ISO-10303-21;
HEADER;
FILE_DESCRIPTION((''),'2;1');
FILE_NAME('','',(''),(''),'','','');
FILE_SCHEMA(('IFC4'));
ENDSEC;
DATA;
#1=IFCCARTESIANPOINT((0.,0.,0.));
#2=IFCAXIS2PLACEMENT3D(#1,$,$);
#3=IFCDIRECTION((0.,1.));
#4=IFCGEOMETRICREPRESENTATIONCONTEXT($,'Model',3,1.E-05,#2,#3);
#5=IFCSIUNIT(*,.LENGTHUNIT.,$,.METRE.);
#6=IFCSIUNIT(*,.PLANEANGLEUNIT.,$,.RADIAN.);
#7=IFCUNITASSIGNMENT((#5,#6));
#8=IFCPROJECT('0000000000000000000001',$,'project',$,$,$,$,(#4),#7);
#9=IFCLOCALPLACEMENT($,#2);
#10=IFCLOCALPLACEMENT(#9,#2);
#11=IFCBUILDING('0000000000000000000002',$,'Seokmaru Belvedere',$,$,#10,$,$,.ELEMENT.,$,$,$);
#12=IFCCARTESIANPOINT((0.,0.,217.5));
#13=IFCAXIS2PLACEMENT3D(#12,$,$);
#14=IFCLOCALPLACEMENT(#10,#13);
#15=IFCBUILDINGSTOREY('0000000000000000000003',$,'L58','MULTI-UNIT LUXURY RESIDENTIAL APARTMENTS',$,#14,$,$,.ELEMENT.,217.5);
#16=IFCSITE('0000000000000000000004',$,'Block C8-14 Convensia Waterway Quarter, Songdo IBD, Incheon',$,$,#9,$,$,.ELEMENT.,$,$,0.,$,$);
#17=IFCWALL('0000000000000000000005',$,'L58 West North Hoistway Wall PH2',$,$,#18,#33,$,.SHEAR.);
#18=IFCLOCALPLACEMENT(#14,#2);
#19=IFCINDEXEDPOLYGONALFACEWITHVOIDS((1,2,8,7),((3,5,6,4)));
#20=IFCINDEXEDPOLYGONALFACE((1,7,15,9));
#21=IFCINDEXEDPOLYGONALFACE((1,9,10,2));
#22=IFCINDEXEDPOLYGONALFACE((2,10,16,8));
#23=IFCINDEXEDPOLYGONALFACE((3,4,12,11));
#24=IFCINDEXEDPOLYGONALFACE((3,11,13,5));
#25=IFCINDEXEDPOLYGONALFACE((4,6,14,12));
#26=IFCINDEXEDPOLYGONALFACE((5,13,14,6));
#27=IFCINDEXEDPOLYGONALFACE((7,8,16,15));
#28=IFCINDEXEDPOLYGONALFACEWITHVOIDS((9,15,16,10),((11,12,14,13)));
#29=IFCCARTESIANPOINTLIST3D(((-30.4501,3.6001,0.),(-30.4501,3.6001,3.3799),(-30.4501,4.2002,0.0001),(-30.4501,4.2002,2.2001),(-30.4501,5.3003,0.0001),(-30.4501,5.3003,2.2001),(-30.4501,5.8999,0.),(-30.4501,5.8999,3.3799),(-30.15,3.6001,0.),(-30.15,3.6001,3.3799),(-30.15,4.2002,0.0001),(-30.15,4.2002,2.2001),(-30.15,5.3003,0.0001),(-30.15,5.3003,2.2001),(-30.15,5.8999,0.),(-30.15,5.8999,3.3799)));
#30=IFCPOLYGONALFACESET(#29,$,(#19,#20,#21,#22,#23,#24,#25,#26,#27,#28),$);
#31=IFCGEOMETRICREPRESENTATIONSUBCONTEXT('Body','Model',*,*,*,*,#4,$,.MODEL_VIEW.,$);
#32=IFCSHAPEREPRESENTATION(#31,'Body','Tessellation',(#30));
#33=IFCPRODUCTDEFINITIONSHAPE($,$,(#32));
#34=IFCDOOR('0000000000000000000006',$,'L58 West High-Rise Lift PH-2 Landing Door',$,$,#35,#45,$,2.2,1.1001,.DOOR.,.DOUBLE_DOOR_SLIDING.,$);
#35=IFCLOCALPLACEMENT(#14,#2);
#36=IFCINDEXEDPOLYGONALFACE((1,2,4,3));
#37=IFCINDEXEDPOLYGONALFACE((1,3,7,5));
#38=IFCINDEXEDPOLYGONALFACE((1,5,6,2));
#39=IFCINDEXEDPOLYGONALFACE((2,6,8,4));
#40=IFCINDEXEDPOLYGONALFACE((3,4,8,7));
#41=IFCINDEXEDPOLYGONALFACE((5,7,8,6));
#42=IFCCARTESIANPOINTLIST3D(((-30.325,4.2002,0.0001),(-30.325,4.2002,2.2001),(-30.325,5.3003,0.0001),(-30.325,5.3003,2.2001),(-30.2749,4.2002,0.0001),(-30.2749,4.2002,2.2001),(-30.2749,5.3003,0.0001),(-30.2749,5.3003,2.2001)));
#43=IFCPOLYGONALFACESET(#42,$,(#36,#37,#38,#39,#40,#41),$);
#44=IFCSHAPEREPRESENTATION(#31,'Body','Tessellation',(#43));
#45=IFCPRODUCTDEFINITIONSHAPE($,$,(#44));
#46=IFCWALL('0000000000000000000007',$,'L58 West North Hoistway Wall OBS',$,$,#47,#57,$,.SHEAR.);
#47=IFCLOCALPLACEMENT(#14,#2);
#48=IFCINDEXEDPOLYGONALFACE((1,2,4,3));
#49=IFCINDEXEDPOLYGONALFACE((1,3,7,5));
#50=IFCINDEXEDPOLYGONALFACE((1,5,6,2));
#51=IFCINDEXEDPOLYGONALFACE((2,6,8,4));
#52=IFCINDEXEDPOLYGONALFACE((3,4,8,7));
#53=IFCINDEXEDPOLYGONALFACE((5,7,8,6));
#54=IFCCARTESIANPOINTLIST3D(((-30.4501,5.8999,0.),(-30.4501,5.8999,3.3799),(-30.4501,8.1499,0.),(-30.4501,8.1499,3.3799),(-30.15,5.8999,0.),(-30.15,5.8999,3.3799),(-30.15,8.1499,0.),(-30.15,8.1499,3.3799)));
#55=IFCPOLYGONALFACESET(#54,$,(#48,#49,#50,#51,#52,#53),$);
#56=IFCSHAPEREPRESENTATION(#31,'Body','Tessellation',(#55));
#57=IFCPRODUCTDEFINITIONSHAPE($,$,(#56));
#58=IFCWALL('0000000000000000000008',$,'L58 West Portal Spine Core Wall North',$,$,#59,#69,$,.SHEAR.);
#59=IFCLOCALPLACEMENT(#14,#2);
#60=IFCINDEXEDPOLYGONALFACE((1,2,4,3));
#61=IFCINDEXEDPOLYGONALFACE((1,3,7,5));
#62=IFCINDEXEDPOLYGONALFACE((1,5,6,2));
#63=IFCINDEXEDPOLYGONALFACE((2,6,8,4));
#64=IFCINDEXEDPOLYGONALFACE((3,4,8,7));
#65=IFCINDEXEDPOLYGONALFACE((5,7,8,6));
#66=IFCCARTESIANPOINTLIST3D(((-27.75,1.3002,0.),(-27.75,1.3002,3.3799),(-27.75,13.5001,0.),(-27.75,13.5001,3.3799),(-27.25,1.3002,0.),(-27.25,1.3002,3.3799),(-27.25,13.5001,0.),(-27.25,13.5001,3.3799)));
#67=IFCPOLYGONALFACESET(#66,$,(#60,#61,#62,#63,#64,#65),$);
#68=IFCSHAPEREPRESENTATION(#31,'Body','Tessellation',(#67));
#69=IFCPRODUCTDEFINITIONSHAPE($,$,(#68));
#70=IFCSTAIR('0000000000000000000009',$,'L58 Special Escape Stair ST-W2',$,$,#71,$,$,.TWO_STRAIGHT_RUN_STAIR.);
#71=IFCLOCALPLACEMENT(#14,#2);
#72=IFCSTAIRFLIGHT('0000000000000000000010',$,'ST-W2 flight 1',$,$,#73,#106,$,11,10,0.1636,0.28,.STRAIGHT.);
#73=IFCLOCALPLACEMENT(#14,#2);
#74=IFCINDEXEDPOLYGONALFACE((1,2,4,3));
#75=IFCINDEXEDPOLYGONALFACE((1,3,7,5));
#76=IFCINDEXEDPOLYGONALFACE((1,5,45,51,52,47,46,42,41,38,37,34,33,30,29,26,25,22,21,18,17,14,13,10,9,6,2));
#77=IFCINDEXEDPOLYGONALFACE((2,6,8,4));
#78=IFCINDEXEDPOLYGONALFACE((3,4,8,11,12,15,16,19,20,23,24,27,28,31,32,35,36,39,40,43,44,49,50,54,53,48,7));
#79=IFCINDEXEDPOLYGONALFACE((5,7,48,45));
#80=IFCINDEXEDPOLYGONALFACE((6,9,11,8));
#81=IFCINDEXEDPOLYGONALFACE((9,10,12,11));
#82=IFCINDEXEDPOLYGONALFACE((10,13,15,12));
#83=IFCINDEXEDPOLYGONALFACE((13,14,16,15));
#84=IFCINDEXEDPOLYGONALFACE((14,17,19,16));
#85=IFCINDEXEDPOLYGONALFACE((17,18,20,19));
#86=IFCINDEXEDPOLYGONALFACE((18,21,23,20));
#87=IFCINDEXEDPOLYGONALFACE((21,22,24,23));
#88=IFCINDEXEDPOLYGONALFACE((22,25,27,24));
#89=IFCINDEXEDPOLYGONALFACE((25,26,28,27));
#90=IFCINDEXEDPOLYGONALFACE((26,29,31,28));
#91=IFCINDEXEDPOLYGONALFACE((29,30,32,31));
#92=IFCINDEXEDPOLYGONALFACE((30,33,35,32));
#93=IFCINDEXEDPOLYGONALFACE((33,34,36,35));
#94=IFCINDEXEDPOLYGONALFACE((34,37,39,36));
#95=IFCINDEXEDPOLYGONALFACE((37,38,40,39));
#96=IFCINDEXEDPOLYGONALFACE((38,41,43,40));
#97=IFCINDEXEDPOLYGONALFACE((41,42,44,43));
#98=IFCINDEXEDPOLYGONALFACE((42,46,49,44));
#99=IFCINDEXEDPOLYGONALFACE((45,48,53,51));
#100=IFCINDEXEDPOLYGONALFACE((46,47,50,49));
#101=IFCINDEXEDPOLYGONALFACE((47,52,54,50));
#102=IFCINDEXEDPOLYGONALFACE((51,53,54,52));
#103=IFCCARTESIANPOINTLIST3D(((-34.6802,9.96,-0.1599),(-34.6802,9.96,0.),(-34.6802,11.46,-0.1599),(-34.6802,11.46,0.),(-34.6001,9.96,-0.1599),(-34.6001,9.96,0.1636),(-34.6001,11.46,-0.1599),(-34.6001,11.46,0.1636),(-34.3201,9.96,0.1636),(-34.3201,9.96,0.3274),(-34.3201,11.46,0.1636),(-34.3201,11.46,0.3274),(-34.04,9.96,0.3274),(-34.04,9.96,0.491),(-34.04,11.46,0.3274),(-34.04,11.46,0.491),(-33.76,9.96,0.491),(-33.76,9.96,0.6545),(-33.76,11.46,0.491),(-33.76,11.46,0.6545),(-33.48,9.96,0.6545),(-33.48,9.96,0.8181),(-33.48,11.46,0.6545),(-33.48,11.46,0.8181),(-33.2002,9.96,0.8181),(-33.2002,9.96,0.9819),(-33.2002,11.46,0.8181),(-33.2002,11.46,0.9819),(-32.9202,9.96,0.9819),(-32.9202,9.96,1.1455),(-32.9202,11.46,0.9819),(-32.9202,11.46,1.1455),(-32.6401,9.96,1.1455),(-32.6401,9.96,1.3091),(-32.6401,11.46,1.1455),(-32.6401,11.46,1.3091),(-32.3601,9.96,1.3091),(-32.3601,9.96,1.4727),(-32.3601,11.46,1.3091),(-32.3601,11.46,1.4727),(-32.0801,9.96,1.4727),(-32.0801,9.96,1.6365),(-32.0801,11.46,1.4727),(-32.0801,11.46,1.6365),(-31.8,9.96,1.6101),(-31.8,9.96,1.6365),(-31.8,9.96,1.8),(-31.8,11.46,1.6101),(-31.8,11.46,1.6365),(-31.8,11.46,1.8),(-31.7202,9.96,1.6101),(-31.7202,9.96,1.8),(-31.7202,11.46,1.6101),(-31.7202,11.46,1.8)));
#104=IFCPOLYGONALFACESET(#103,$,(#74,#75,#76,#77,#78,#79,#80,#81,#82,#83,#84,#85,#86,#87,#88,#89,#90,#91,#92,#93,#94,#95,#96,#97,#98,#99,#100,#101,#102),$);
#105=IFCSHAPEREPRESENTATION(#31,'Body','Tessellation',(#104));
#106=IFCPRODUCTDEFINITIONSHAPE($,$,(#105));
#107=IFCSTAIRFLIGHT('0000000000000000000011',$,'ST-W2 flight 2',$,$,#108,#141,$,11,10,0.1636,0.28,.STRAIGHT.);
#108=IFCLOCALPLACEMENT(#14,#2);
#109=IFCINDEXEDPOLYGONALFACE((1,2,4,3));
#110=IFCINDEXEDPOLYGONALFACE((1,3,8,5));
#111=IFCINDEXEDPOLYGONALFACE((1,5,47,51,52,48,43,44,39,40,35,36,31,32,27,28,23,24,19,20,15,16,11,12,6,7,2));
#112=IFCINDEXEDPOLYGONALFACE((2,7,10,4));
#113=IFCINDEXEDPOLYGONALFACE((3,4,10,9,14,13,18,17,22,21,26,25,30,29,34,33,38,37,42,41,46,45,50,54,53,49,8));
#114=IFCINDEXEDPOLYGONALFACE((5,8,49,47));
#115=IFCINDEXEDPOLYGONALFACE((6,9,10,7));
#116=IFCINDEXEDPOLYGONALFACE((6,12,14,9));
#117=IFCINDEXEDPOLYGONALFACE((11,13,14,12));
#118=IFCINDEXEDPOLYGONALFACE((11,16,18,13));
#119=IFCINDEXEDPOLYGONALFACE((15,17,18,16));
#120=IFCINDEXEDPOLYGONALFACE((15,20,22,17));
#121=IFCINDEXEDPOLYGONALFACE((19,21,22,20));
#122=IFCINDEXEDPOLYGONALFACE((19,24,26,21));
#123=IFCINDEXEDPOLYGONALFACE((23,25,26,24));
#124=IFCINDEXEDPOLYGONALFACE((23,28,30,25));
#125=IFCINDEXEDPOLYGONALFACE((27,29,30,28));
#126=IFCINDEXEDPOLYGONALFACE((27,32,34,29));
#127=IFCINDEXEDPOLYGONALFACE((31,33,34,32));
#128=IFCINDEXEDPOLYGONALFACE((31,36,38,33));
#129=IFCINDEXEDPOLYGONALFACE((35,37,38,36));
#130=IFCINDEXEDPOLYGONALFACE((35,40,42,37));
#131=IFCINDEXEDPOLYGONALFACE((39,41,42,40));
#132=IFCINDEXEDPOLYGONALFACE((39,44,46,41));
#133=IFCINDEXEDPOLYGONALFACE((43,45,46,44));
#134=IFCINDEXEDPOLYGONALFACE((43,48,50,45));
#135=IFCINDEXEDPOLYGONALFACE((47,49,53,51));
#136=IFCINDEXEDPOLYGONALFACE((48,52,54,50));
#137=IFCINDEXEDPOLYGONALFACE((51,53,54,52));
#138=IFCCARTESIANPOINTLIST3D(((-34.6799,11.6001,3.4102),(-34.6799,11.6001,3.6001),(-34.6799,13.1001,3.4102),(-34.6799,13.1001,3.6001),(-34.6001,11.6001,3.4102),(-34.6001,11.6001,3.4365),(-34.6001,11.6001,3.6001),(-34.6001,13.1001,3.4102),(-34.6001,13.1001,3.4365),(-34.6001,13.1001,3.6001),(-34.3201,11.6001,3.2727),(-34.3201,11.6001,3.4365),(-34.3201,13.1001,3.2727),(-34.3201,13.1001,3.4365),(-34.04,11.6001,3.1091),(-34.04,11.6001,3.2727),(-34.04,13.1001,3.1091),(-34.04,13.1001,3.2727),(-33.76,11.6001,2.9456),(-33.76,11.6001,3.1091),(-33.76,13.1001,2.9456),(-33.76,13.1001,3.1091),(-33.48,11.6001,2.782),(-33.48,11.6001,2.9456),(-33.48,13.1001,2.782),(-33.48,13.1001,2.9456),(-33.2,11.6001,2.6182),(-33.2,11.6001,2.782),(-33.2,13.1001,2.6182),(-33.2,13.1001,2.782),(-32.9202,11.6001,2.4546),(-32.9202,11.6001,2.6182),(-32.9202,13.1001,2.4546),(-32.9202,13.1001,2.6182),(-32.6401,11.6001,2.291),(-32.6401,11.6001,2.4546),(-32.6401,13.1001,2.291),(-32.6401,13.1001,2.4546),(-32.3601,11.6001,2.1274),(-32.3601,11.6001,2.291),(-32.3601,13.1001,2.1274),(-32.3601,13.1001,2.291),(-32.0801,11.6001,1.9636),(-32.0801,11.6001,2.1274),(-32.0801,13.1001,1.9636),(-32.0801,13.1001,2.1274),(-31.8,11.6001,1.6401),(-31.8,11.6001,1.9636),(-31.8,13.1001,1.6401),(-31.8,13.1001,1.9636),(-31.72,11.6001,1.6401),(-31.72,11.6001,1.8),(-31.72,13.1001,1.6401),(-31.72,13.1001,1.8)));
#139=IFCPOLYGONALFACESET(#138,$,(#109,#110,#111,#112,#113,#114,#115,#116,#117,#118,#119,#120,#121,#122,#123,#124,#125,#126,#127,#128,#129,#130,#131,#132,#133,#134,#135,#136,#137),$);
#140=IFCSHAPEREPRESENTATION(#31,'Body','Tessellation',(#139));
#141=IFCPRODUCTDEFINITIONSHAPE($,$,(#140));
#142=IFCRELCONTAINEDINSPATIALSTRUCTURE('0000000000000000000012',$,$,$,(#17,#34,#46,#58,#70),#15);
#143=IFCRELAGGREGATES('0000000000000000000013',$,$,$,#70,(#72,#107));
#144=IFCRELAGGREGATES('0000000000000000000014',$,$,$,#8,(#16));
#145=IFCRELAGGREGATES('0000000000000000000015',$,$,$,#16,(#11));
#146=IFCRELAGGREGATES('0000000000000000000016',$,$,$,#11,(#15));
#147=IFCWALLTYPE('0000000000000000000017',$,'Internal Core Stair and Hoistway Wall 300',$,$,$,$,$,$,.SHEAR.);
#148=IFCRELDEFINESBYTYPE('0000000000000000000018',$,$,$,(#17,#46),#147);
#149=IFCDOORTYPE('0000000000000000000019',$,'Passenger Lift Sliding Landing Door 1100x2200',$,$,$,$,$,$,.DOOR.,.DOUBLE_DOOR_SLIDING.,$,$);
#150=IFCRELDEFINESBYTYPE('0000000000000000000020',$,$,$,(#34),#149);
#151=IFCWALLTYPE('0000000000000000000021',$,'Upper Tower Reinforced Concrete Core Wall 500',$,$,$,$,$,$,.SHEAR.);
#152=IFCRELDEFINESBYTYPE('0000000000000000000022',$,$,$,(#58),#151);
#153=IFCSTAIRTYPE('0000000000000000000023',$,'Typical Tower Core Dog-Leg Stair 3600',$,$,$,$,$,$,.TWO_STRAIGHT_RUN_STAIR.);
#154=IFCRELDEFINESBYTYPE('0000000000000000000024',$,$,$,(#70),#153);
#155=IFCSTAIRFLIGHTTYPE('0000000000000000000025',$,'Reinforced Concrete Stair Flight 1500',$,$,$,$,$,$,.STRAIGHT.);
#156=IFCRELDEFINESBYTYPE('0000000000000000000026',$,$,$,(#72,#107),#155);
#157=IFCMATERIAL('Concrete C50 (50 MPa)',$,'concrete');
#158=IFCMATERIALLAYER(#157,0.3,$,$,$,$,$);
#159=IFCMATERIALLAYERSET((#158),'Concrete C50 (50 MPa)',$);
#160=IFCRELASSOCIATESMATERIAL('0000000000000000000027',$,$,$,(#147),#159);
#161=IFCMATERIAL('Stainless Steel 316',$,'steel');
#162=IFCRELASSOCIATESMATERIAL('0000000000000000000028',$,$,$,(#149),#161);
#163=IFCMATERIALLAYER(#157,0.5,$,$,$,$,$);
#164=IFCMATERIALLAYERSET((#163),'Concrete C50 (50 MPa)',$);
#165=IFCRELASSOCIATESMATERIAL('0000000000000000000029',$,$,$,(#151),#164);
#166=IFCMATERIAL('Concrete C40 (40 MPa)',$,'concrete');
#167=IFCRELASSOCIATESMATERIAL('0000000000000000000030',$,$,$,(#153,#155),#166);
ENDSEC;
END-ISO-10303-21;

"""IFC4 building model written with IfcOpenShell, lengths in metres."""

from ifc_helpers import new_model, si_unit, direction, frame, frame_2d, origin, place, context, subcontext, project, spatial, polyline, rectangle, outline, extrude, source, transform, mapped, material, layer, layer_set, type_object, type_shapes, element, fill, aggregate, save


model = new_model("IFC4")

# Units and contexts
model_context = context("Model", 3, precision=1e-05, world=origin(), true_north=direction((0.0, 1.0)))
body_context = subcontext(model_context, "Body", "Model", "MODEL_VIEW")
ifc_project = project(units=[si_unit("LENGTHUNIT", "METRE"), si_unit("PLANEANGLEUNIT", "RADIAN")], contexts=[model_context])

# Site, building, storey
site_placement = place(None, origin())
site = spatial("IfcSite", under=ifc_project, at=site_placement, Name="Block C8-14 Convensia Waterway Quarter, Songdo IBD, Incheon", CompositionType="ELEMENT", RefElevation=0.0)
building_placement = place(site_placement, origin())
building = spatial("IfcBuilding", under=site, at=building_placement, Name="Seokmaru Belvedere", CompositionType="ELEMENT")
storey_placement = place(building_placement, frame((0.0, 0.0, 217.5)))
storey = spatial("IfcBuildingStorey", under=building, at=storey_placement, Name="L58", Description="MULTI-UNIT LUXURY RESIDENTIAL APARTMENTS", CompositionType="ELEMENT", Elevation=217.5)

# Shared definitions
ifc_material_1 = material(Name="Concrete C50 (50 MPa)", Category="concrete")

# Wall, opening, door
ifc_layer_1 = layer(ifc_material_1, 0.3)
ifc_layer_set_1 = layer_set([ifc_layer_1], Name="Concrete C50 (50 MPa)")
wall_type_1 = type_object("IfcWallType", Name="Internal Core Stair and Hoistway Wall 300", PredefinedType="SHEAR", material=ifc_layer_set_1)
ifc_material_2 = material(Name="Stainless Steel 316", Category="steel")
door_type_1 = type_object("IfcDoorType", Name="Passenger Lift Sliding Landing Door 1100x2200", OperationType="DOUBLE_DOOR_SLIDING", PredefinedType="DOOR", material=ifc_material_2)
shared_shape_1 = source(origin(), body_context, "Body", "SweptSolid", [
    extrude(rectangle(XDim=1.1001, YDim=2.2, at=frame_2d((0.55, 1.1001))), frame((0.0, 0.0249, 0.0), z_axis=(0.0, -1.0, 0.0), x_axis=(1.0, 0.0, 0.0)), (0.0, 0.0, 1.0), 0.05),
])
type_shapes(door_type_1, [shared_shape_1])
wall_1_placement = place(storey_placement, frame((-30.3, 3.6001, 0.0), z_axis=(0.0, 0.0, 1.0), x_axis=(0.0, 1.0, 0.0)))
wall_1 = element("IfcWall", 1, at=wall_1_placement, inside=storey, type_object=wall_type_1, Name="L58 West North Hoistway Wall PH2", PredefinedType="SHEAR", context=body_context, shape_type="SweptSolid", body=[
    extrude(rectangle(XDim=2.2998, YDim=0.3, at=frame_2d((1.1499, 0.0))), origin(), (0.0, 0.0, 1.0), 3.3799),
])
opening_1_placement = place(wall_1_placement, frame((0.6001, 0.0, 0.0)))
opening_1 = element("IfcOpeningElement", 2, at=opening_1_placement, cuts=wall_1, PredefinedType="OPENING", context=body_context, shape_type="SweptSolid", body=[
    extrude(rectangle(XDim=1.1001, YDim=2.2, at=frame_2d((0.55, 1.1001))), frame((0.0, 0.1602, 0.0), z_axis=(0.0, -1.0, 0.0), x_axis=(1.0, 0.0, 0.0)), (0.0, 0.0, 1.0), 0.3201),
])
door_1_placement = place(opening_1_placement, origin())
door_1 = element("IfcDoor", 3, at=door_1_placement, inside=storey, type_object=door_type_1, Name="L58 West High-Rise Lift PH-2 Landing Door", OperationType="DOUBLE_DOOR_SLIDING", OverallHeight=2.2, OverallWidth=1.1001, PredefinedType="DOOR", context=body_context, shape_type="MappedRepresentation", body=[
    mapped(shared_shape_1, transform((0.0, 0.0, 0.0), scale=1.0)),
])
fill(opening_1, door_1)

# Wall
wall_2_placement = place(storey_placement, frame((-30.3, 5.8999, 0.0), z_axis=(0.0, 0.0, 1.0), x_axis=(0.0, 1.0, 0.0)))
element("IfcWall", 4, at=wall_2_placement, inside=storey, type_object=wall_type_1, Name="L58 West North Hoistway Wall OBS", PredefinedType="SHEAR", context=body_context, shape_type="SweptSolid", body=[
    extrude(rectangle(XDim=2.25, YDim=0.3, at=frame_2d((1.125, 0.0))), origin(), (0.0, 0.0, 1.0), 3.3799),
])

# Wall
ifc_layer_2 = layer(ifc_material_1, 0.5)
ifc_layer_set_2 = layer_set([ifc_layer_2], Name="Concrete C50 (50 MPa)")
wall_type_2 = type_object("IfcWallType", Name="Upper Tower Reinforced Concrete Core Wall 500", PredefinedType="SHEAR", material=ifc_layer_set_2)
wall_3_placement = place(storey_placement, frame((-27.5, 1.3, 0.0), z_axis=(0.0, 0.0, 1.0), x_axis=(0.0, 1.0, 0.0)))
element("IfcWall", 5, at=wall_3_placement, inside=storey, type_object=wall_type_2, Name="L58 West Portal Spine Core Wall North", PredefinedType="SHEAR", context=body_context, shape_type="SweptSolid", body=[
    extrude(rectangle(XDim=12.2, YDim=0.5, at=frame_2d((6.1001, 0.0))), origin(), (0.0, 0.0, 1.0), 3.3799),
])

# Stair, stair flights
ifc_material_3 = material(Name="Concrete C40 (40 MPa)", Category="concrete")
stair_type = type_object("IfcStairType", Name="Typical Tower Core Dog-Leg Stair 3600", PredefinedType="TWO_STRAIGHT_RUN_STAIR", material=ifc_material_3)
stair_placement = place(storey_placement, origin())
stair = element("IfcStair", 6, at=stair_placement, inside=storey, type_object=stair_type, Name="L58 Special Escape Stair ST-W2", PredefinedType="TWO_STRAIGHT_RUN_STAIR")
stair_flight_type = type_object("IfcStairFlightType", Name="Reinforced Concrete Stair Flight 1500", PredefinedType="STRAIGHT", material=ifc_material_3)
stair_flight_1_placement = place(storey_placement, frame((-34.6001, 10.71, 0.0), z_axis=(0.0, 0.0, 1.0), x_axis=(1.0, 0.0, 0.0)))
stair_flight_1 = element("IfcStairFlight", 7, at=stair_flight_1_placement, type_object=stair_flight_type, Name="ST-W2 flight 1", NumberOfRisers=11, NumberOfTreads=10, PredefinedType="STRAIGHT", RiserHeight=0.1636, TreadLength=0.28, context=body_context, shape_type="SweptSolid", body=[
    extrude(outline(polyline([(-0.0801, 0.0), (0.0, 0.1636), (0.28, 0.1636), (0.28, 0.3274), (0.5601, 0.3274), (0.5601, 0.491), (0.8401, 0.491), (0.8401, 0.6545), (1.1201, 0.6545), (1.1201, 0.8181), (1.3999, 0.8181), (1.3999, 0.9819), (1.6799, 0.9819), (1.6799, 1.1455), (1.96, 1.1455), (1.96, 1.3091), (2.24, 1.3091), (2.24, 1.4727), (2.52, 1.4727), (2.52, 1.6365), (2.8, 1.6365), (2.8, 1.8), (2.8799, 1.8), (2.8799, 1.6101), (2.8, 1.6101), (0.0, -0.1599), (-0.0801, -0.1599), (-0.0801, 0.0)])), frame((0.0, 0.75, 0.0), z_axis=(0.0, -1.0, 0.0), x_axis=(1.0, 0.0, 0.0)), (0.0, 0.0, 1.0), 1.5),
])
stair_flight_2_placement = place(storey_placement, frame((-31.8, 12.3501, 1.8), z_axis=(0.0, 0.0, 1.0), x_axis=(-1.0, 0.0, 0.0)))
stair_flight_2 = element("IfcStairFlight", 8, at=stair_flight_2_placement, type_object=stair_flight_type, Name="ST-W2 flight 2", NumberOfRisers=11, NumberOfTreads=10, PredefinedType="STRAIGHT", RiserHeight=0.1636, TreadLength=0.28, context=body_context, shape_type="SweptSolid", body=[
    extrude(outline(polyline([(-0.0801, 0.0), (0.0, 0.1636), (0.28, 0.1636), (0.28, 0.3274), (0.5601, 0.3274), (0.5601, 0.491), (0.8401, 0.491), (0.8401, 0.6545), (1.1201, 0.6545), (1.1201, 0.8181), (1.3999, 0.8181), (1.3999, 0.9819), (1.6799, 0.9819), (1.6799, 1.1455), (1.96, 1.1455), (1.96, 1.3091), (2.24, 1.3091), (2.24, 1.4727), (2.52, 1.4727), (2.52, 1.6365), (2.8, 1.6365), (2.8, 1.8), (2.8799, 1.8), (2.8799, 1.6101), (2.8, 1.6101), (0.0, -0.1599), (-0.0801, -0.1599), (-0.0801, 0.0)])), frame((0.0, 0.75, 0.0), z_axis=(0.0, -1.0, 0.0), x_axis=(1.0, 0.0, 0.0)), (0.0, 0.0, 1.0), 1.5),
])
aggregate(stair, [stair_flight_1, stair_flight_2])

save(model, "model.ifc")
